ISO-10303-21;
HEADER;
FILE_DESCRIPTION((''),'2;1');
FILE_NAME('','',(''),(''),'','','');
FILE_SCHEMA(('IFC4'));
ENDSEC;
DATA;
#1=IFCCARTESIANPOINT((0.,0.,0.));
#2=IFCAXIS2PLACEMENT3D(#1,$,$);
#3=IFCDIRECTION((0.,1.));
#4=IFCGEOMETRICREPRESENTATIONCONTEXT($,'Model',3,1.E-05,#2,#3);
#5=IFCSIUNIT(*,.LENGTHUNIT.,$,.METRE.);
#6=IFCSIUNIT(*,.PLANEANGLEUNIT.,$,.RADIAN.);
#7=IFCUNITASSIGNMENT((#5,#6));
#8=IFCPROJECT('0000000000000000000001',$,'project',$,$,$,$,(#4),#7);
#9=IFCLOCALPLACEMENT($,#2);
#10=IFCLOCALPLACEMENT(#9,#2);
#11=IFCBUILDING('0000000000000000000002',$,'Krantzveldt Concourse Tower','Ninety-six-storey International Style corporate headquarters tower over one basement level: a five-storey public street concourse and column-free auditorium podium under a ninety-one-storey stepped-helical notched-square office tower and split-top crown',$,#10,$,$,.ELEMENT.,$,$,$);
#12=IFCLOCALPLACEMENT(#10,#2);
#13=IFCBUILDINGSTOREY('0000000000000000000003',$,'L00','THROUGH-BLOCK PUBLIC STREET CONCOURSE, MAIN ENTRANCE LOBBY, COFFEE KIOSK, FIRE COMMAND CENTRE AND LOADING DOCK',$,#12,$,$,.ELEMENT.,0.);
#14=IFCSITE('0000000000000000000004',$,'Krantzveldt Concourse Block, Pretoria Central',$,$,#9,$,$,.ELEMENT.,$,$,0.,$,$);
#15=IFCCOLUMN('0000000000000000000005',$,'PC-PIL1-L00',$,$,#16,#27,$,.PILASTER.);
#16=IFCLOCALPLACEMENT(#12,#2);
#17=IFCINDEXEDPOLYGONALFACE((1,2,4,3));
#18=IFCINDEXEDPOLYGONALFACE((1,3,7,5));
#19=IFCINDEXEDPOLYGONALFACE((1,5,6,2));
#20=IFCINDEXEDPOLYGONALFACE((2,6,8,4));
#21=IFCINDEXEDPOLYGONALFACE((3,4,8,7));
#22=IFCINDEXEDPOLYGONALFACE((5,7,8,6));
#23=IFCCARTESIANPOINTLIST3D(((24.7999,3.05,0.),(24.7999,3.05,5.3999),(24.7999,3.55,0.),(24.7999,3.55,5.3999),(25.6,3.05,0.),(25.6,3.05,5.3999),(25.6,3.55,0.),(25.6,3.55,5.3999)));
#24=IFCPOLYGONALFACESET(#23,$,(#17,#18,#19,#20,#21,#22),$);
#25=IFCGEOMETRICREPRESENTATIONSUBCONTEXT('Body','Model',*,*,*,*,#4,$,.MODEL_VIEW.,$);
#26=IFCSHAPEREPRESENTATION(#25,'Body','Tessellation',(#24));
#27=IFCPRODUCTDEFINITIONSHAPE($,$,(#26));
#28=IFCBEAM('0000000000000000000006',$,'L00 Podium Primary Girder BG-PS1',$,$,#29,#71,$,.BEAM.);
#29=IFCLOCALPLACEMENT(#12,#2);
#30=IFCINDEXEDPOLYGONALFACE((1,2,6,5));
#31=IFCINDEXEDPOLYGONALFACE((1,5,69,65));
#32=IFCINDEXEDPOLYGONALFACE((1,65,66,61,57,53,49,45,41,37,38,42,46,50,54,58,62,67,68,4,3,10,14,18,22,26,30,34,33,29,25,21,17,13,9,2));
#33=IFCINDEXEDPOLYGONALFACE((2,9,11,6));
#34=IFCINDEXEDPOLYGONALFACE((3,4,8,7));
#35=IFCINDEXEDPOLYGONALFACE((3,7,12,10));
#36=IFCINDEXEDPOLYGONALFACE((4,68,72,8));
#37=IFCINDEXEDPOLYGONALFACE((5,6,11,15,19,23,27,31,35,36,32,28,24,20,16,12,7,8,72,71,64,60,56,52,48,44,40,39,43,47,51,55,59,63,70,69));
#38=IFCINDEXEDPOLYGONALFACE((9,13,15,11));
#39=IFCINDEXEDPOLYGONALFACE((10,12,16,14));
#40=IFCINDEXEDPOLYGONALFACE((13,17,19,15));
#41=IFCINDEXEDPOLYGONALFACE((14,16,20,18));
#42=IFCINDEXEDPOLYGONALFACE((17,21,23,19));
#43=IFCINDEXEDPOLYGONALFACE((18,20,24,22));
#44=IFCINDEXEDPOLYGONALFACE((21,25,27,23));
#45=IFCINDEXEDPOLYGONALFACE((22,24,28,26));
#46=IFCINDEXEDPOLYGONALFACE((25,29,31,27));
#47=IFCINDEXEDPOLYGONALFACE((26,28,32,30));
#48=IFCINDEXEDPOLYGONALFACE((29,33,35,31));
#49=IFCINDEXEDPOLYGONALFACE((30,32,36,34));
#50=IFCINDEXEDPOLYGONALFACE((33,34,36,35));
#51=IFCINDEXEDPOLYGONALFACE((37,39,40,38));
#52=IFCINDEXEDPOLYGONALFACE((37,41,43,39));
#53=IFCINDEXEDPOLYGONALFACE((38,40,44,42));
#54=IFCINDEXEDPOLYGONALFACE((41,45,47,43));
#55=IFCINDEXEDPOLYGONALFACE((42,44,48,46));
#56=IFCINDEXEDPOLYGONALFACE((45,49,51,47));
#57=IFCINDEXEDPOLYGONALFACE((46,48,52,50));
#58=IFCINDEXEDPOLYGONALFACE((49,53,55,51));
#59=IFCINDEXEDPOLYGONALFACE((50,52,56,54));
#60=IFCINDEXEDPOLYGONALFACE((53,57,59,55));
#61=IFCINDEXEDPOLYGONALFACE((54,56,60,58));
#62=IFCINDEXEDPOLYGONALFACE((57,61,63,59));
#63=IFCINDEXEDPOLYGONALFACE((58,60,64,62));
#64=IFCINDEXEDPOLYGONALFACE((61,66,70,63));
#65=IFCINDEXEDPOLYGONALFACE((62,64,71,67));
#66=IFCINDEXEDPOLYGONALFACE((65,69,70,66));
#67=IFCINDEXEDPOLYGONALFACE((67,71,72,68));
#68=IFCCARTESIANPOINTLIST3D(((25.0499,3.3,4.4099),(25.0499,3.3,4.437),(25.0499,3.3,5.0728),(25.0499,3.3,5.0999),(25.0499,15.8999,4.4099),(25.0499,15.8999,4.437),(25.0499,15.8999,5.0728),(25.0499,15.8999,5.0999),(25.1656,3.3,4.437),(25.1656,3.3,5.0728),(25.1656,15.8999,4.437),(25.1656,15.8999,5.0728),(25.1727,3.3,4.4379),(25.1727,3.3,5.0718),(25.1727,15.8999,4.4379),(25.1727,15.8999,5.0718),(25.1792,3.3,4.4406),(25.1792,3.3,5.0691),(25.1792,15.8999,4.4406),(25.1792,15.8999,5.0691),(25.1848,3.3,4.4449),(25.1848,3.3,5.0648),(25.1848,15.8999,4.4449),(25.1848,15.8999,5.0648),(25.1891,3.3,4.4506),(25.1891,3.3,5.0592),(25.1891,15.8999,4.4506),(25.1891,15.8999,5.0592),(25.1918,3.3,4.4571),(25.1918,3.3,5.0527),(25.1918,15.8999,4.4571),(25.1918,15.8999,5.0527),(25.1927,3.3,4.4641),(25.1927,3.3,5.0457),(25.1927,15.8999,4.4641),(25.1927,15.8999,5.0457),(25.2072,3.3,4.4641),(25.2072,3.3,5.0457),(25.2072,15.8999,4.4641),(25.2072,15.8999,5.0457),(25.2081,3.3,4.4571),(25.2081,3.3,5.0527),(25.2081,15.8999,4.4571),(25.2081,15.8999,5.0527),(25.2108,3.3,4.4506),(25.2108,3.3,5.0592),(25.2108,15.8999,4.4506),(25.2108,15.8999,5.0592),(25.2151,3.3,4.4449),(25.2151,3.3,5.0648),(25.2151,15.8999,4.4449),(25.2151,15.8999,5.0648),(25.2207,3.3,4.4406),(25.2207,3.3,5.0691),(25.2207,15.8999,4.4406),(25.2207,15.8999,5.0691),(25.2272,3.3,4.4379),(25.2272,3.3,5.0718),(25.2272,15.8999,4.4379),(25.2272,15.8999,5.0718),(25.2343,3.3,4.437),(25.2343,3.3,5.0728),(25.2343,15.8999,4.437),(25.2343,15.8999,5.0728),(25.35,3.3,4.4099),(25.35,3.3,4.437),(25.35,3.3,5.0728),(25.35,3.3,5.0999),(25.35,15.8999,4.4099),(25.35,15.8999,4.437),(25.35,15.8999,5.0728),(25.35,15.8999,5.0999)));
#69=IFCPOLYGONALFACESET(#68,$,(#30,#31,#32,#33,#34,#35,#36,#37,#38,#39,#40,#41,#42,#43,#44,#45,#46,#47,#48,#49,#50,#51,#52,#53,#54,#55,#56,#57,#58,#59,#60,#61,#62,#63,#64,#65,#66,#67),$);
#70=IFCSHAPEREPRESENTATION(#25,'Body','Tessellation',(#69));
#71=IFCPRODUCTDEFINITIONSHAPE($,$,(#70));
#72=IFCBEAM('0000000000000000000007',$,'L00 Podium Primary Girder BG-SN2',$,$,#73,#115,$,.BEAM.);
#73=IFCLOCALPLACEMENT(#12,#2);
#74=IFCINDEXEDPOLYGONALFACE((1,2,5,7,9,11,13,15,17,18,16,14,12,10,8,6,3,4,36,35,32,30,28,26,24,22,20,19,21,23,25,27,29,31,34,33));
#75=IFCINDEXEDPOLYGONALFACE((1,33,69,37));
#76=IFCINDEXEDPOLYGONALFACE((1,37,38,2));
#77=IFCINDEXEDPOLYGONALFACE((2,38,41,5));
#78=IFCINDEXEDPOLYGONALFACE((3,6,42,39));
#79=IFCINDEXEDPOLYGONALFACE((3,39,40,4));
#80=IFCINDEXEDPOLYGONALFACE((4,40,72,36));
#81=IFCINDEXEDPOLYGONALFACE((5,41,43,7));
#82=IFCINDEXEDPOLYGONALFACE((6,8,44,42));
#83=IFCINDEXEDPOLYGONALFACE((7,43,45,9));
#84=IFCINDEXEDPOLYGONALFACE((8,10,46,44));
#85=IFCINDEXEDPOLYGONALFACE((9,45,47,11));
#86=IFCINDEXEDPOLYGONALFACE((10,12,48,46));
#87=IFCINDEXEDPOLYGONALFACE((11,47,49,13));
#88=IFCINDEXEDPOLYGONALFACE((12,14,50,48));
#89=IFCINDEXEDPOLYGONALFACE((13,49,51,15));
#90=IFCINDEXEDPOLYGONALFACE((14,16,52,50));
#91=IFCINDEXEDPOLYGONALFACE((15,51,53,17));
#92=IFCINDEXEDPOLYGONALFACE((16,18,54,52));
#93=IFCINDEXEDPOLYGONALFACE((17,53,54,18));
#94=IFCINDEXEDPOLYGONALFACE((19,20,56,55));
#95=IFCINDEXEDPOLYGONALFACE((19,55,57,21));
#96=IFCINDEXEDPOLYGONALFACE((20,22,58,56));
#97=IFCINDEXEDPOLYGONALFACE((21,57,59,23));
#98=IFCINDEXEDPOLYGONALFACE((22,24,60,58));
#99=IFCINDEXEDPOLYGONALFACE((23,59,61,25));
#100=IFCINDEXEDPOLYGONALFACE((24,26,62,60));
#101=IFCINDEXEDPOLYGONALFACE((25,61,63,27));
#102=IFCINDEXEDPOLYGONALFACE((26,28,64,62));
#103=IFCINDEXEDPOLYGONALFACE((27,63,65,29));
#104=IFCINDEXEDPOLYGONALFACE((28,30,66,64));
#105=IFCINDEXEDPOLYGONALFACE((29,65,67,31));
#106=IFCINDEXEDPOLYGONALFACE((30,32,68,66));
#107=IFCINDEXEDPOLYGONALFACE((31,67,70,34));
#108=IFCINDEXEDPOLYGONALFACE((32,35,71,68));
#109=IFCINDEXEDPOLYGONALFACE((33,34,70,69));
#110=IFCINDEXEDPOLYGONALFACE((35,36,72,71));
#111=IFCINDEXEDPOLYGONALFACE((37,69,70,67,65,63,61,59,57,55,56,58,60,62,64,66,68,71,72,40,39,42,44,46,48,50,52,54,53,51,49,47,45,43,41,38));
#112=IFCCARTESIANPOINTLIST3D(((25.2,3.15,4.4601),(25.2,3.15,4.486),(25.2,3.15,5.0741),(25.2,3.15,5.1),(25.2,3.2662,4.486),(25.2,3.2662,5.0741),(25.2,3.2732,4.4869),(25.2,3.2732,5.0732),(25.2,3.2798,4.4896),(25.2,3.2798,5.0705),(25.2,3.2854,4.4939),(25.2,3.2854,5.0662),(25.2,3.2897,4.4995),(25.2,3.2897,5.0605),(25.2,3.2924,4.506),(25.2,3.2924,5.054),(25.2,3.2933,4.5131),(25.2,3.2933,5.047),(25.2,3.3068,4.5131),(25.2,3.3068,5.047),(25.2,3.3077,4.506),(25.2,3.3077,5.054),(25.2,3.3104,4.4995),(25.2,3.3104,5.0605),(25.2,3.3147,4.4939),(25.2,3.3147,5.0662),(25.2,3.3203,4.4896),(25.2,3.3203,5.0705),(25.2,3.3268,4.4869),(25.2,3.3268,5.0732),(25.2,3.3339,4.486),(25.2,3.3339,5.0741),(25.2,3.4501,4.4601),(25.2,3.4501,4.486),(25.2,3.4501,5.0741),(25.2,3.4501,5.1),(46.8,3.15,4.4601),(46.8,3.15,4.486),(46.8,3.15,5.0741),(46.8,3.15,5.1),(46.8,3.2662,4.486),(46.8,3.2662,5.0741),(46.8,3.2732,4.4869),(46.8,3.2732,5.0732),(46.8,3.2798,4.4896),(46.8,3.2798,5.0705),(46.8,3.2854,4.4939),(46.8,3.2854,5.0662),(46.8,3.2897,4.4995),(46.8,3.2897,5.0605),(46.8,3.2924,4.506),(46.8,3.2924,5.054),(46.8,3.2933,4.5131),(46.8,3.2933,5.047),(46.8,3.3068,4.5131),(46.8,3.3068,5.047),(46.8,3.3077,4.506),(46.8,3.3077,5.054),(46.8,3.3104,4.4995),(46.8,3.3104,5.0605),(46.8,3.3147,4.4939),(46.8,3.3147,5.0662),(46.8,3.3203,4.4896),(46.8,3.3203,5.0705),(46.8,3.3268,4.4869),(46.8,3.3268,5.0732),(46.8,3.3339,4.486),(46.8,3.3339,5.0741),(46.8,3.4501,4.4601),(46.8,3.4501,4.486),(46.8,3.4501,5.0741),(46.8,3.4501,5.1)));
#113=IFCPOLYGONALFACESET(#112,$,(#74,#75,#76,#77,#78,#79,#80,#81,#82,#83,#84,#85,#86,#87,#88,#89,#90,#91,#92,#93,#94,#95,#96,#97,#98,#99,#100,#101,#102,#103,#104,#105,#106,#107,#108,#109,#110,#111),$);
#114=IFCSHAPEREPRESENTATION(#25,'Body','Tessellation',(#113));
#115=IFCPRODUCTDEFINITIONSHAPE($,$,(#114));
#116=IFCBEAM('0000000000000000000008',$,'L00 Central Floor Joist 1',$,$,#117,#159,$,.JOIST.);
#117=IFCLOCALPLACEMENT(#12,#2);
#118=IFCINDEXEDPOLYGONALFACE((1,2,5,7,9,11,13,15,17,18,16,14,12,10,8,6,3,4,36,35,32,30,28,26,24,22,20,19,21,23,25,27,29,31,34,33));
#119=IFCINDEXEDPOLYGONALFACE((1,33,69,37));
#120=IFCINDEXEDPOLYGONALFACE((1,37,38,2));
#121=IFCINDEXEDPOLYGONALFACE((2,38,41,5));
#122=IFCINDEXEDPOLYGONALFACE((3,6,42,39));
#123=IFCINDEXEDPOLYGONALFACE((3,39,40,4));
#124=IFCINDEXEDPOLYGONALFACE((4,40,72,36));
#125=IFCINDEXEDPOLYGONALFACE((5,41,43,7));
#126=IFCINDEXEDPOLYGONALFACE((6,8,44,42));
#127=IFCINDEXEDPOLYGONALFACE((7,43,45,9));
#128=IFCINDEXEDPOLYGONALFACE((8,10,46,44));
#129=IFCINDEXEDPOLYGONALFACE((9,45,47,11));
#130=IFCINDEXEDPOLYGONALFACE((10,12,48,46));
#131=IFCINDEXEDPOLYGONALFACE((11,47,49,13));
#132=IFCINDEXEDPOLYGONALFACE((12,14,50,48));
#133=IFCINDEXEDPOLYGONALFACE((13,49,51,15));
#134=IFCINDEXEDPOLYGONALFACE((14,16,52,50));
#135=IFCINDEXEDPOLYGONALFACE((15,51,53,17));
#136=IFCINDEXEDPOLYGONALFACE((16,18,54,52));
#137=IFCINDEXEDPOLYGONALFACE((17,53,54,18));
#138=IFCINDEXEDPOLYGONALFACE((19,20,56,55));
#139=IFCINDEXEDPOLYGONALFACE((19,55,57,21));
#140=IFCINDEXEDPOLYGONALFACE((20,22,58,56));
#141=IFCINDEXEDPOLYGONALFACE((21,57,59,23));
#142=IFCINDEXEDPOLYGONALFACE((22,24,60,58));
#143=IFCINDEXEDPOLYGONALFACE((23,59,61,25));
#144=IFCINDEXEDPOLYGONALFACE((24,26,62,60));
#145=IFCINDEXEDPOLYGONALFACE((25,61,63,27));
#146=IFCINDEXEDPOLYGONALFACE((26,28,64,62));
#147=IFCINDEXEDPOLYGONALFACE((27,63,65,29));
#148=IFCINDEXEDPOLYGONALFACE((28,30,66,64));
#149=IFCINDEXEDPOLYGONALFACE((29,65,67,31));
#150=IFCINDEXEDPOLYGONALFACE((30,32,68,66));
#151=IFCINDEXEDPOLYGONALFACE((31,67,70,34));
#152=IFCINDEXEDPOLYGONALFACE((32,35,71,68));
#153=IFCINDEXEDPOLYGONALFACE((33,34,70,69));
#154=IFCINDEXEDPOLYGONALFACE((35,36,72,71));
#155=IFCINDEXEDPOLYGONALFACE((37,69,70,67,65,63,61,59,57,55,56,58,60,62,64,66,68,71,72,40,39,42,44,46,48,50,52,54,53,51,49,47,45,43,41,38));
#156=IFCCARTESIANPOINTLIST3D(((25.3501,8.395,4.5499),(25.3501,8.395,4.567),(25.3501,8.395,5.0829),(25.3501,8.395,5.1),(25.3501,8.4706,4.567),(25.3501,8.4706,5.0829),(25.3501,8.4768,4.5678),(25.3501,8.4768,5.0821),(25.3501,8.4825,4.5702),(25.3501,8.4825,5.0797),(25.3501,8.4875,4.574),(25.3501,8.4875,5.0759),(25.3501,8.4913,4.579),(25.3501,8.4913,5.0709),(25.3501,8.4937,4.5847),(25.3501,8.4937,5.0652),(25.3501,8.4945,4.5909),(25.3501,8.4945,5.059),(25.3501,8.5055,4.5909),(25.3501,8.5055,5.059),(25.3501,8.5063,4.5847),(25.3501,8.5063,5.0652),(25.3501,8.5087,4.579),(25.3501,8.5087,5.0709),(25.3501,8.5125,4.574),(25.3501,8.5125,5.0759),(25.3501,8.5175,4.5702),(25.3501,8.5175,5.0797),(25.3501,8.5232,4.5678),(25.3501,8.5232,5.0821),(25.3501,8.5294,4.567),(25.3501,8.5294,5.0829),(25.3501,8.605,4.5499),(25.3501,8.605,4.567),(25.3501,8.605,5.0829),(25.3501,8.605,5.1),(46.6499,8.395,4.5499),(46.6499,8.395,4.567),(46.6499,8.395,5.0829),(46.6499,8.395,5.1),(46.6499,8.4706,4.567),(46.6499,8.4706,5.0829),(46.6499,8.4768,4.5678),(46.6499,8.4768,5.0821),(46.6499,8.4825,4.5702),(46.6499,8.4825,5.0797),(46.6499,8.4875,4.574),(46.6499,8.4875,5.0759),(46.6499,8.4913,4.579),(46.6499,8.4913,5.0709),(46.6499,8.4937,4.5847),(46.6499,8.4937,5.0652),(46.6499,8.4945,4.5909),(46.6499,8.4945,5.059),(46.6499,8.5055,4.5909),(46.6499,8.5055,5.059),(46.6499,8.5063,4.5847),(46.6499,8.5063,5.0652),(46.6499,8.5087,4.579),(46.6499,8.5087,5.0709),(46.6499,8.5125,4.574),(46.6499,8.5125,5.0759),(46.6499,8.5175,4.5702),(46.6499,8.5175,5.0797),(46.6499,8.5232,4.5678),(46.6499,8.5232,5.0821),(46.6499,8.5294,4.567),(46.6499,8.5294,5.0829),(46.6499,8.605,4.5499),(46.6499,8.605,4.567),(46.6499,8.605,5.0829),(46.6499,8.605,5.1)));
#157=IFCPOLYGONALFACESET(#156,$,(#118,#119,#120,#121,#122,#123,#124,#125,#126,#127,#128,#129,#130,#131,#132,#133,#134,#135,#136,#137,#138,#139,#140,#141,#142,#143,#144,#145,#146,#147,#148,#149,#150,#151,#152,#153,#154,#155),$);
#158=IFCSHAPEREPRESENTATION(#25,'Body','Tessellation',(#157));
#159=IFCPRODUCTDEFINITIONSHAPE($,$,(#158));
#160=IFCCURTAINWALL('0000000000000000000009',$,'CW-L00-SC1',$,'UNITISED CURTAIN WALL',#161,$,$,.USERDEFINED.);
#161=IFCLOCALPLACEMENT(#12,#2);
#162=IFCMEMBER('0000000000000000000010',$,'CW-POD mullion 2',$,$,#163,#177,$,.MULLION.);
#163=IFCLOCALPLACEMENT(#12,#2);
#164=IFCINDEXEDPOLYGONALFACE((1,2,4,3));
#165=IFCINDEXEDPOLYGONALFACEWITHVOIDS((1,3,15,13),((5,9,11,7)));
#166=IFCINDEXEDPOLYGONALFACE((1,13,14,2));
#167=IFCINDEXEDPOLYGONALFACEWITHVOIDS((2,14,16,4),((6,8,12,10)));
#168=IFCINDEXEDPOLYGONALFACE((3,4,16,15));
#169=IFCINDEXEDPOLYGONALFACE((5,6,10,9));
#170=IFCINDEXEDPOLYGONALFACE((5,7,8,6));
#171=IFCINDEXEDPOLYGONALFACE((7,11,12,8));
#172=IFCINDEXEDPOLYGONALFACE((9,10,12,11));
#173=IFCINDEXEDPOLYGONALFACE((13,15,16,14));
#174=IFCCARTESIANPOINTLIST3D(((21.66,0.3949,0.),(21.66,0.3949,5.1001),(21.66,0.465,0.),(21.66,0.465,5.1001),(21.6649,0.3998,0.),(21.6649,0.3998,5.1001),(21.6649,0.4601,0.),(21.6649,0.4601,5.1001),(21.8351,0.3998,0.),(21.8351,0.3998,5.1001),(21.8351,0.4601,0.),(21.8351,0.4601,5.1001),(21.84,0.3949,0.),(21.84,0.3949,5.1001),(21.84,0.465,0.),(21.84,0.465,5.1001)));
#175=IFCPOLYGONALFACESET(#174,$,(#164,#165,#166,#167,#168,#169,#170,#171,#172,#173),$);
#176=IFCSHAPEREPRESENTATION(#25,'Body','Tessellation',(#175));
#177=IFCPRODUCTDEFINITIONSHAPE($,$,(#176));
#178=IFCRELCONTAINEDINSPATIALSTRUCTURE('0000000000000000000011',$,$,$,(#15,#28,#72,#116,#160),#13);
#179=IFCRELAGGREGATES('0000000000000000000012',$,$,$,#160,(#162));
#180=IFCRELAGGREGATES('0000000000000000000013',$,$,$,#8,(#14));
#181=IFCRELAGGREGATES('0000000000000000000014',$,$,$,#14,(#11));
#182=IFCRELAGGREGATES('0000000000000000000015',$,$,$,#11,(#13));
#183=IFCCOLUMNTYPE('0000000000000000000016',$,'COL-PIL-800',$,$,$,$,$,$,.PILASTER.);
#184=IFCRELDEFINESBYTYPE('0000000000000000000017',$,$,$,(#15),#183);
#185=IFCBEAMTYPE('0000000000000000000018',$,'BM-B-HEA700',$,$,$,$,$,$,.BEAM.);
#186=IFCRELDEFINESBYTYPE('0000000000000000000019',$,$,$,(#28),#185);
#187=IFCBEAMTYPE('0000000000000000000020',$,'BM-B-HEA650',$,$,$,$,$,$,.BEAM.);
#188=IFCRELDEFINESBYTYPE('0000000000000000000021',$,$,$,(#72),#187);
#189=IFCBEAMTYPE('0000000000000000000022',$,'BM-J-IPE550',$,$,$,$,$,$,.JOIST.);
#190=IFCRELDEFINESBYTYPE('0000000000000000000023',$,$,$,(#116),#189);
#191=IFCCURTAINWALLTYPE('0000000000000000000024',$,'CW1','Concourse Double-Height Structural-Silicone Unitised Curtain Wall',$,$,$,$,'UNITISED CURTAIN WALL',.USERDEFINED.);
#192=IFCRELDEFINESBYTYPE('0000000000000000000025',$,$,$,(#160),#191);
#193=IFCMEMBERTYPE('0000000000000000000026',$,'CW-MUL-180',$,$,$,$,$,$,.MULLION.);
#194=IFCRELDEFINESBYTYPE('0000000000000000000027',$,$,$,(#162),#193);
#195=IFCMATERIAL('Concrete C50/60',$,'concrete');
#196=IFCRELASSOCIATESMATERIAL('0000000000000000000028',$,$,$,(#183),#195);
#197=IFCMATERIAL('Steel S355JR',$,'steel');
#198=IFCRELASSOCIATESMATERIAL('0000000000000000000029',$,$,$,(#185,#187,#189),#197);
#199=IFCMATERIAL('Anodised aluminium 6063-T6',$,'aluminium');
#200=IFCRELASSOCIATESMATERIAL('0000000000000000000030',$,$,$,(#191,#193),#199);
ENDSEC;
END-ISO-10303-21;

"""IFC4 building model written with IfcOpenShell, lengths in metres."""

from ifc_helpers import new_model, si_unit, direction, frame, origin, origin_2d, place, context, subcontext, project, spatial, rectangle, hollow_rectangle, i_section, extrude, source, transform, mapped, material, material_profile, profile_set, type_object, type_shapes, element, aggregate, save


model = new_model("IFC4")

# Units and contexts
model_context = context("Model", 3, precision=1e-05, world=origin(), true_north=direction((0.0, 1.0)))
body_context = subcontext(model_context, "Body", "Model", "MODEL_VIEW")
ifc_project = project(units=[si_unit("LENGTHUNIT", "METRE"), si_unit("PLANEANGLEUNIT", "RADIAN")], contexts=[model_context])

# Site, building, storey
site_placement = place(None, origin())
site = spatial("IfcSite", under=ifc_project, at=site_placement, Name="Krantzveldt Concourse Block, Pretoria Central", CompositionType="ELEMENT", RefElevation=0.0)
building_placement = place(site_placement, origin())
building = spatial("IfcBuilding", under=site, at=building_placement, Name="Krantzveldt Concourse Tower", Description="Ninety-six-storey International Style corporate headquarters tower over one basement level: a five-storey public street concourse and column-free auditorium podium under a ninety-one-storey stepped-helical notched-square office tower and split-top crown", CompositionType="ELEMENT")
storey_placement = place(building_placement, origin())
storey = spatial("IfcBuildingStorey", under=building, at=storey_placement, Name="L00", Description="THROUGH-BLOCK PUBLIC STREET CONCOURSE, MAIN ENTRANCE LOBBY, COFFEE KIOSK, FIRE COMMAND CENTRE AND LOADING DOCK", CompositionType="ELEMENT", Elevation=0.0)

# Column
ifc_material_1 = material(Name="Concrete C50/60", Category="concrete")
ifc_material_profile_1 = material_profile(ifc_material_1, rectangle(XDim=0.8, YDim=0.5, at=origin_2d()), Name="Concrete C50/60", Category="concrete")
ifc_profile_set_1 = profile_set([ifc_material_profile_1], Name="Concrete C50/60 - RC-PIL 800x500")
column_type = type_object("IfcColumnType", Name="COL-PIL-800", PredefinedType="PILASTER", material=ifc_profile_set_1)
shared_shape_1 = source(origin(), body_context, "Body", "SweptSolid", [
    extrude(rectangle(XDim=0.8, YDim=0.5, at=origin_2d()), origin(), (0.0, 0.0, 1.0), 5.3999),
])
type_shapes(column_type, [shared_shape_1])
column_placement = place(storey_placement, frame((25.2, 3.3, 0.0), z_axis=(0.0, 0.0, 1.0), x_axis=(1.0, 0.0, 0.0)))
element("IfcColumn", 1, at=column_placement, inside=storey, type_object=column_type, Name="PC-PIL1-L00", PredefinedType="PILASTER", context=body_context, shape_type="MappedRepresentation", body=[
    mapped(shared_shape_1, transform((0.0, 0.0, 0.0), x_axis=(1.0, 0.0, 0.0), y_axis=(0.0, 1.0, 0.0), z_axis=(0.0, 0.0, 1.0), scale=1.0)),
])

# Beams
ifc_material_2 = material(Name="Steel S355JR", Category="steel")
ifc_material_profile_2 = material_profile(ifc_material_2, i_section(OverallWidth=0.3, OverallDepth=0.6899, WebThickness=0.0144, FlangeThickness=0.0271, FilletRadius=0.0271, at=origin_2d()), Name="Steel S355JR", Category="steel")
ifc_profile_set_2 = profile_set([ifc_material_profile_2], Name="Steel S355JR - HEA 700")
beam_type_1 = type_object("IfcBeamType", Name="BM-B-HEA700", PredefinedType="BEAM", material=ifc_profile_set_2)
shared_shape_2 = source(origin(), body_context, "Body", "SweptSolid", [
    extrude(i_section(OverallWidth=0.3, OverallDepth=0.6899, WebThickness=0.0144, FlangeThickness=0.0271, FilletRadius=0.0271, at=origin_2d()), origin(), (0.0, 0.0, 1.0), 12.5999),
])
type_shapes(beam_type_1, [shared_shape_2])
beam_1_placement = place(storey_placement, frame((25.2, 3.3, 4.7549), z_axis=(0.0, 1.0, 0.0), x_axis=(-1.0, 0.0, 0.0)))
element("IfcBeam", 2, at=beam_1_placement, inside=storey, type_object=beam_type_1, Name="L00 Podium Primary Girder BG-PS1", PredefinedType="BEAM", context=body_context, shape_type="MappedRepresentation", body=[
    mapped(shared_shape_2, transform((0.0, 0.0, 0.0), x_axis=(1.0, 0.0, 0.0), y_axis=(0.0, 1.0, 0.0), z_axis=(0.0, 0.0, 1.0), scale=1.0)),
])
ifc_material_profile_3 = material_profile(ifc_material_2, i_section(OverallWidth=0.3, OverallDepth=0.6399, WebThickness=0.0134, FlangeThickness=0.0259, FilletRadius=0.0271, at=origin_2d()), Name="Steel S355JR", Category="steel")
ifc_profile_set_3 = profile_set([ifc_material_profile_3], Name="Steel S355JR - HEA 650")
beam_type_2 = type_object("IfcBeamType", Name="BM-B-HEA650", PredefinedType="BEAM", material=ifc_profile_set_3)
shared_shape_3 = source(origin(), body_context, "Body", "SweptSolid", [
    extrude(i_section(OverallWidth=0.3, OverallDepth=0.6399, WebThickness=0.0134, FlangeThickness=0.0259, FilletRadius=0.0271, at=origin_2d()), origin(), (0.0, 0.0, 1.0), 21.6001),
])
type_shapes(beam_type_2, [shared_shape_3])
beam_2_placement = place(storey_placement, frame((25.2, 3.3, 4.78), z_axis=(1.0, 0.0, 0.0), x_axis=(0.0, 1.0, 0.0)))
element("IfcBeam", 3, at=beam_2_placement, inside=storey, type_object=beam_type_2, Name="L00 Podium Primary Girder BG-SN2", PredefinedType="BEAM", context=body_context, shape_type="MappedRepresentation", body=[
    mapped(shared_shape_3, transform((0.0, 0.0, 0.0), x_axis=(1.0, 0.0, 0.0), y_axis=(0.0, 1.0, 0.0), z_axis=(0.0, 0.0, 1.0), scale=1.0)),
])
ifc_material_profile_4 = material_profile(ifc_material_2, i_section(OverallWidth=0.21, OverallDepth=0.55, WebThickness=0.011, FlangeThickness=0.0171, FilletRadius=0.0239, at=origin_2d()), Name="Steel S355JR", Category="steel")
ifc_profile_set_4 = profile_set([ifc_material_profile_4], Name="Steel S355JR - IPE 550")
beam_type_3 = type_object("IfcBeamType", Name="BM-J-IPE550", PredefinedType="JOIST", material=ifc_profile_set_4)
shared_shape_4 = source(origin(), body_context, "Body", "SweptSolid", [
    extrude(i_section(OverallWidth=0.21, OverallDepth=0.55, WebThickness=0.011, FlangeThickness=0.0171, FilletRadius=0.0239, at=origin_2d()), origin(), (0.0, 0.0, 1.0), 21.2998),
])
type_shapes(beam_type_3, [shared_shape_4])
beam_3_placement = place(storey_placement, frame((25.3501, 8.5, 4.825), z_axis=(1.0, 0.0, 0.0), x_axis=(0.0, 1.0, 0.0)))
element("IfcBeam", 4, at=beam_3_placement, inside=storey, type_object=beam_type_3, Name="L00 Central Floor Joist 1", PredefinedType="JOIST", context=body_context, shape_type="MappedRepresentation", body=[
    mapped(shared_shape_4, transform((0.0, 0.0, 0.0), x_axis=(1.0, 0.0, 0.0), y_axis=(0.0, 1.0, 0.0), z_axis=(0.0, 0.0, 1.0), scale=1.0)),
])

# Curtain wall, member
ifc_material_3 = material(Name="Anodised aluminium 6063-T6", Category="aluminium")
curtain_wall_type = type_object("IfcCurtainWallType", Name="CW1", Description="Concourse Double-Height Structural-Silicone Unitised Curtain Wall", ElementType="UNITISED CURTAIN WALL", PredefinedType="USERDEFINED", material=ifc_material_3)
curtain_wall_placement = place(storey_placement, origin())
curtain_wall = element("IfcCurtainWall", 5, at=curtain_wall_placement, inside=storey, type_object=curtain_wall_type, Name="CW-L00-SC1", ObjectType="UNITISED CURTAIN WALL", PredefinedType="USERDEFINED")
ifc_material_profile_5 = material_profile(ifc_material_3, hollow_rectangle(XDim=0.0701, YDim=0.1799, WallThickness=0.0049, at=origin_2d()), Name="Anodised aluminium 6063-T6", Category="aluminium")
ifc_profile_set_5 = profile_set([ifc_material_profile_5], Name="Anodised aluminium 6063-T6 - ALU-MULL 180x70x5")
member_type_1 = type_object("IfcMemberType", Name="CW-MUL-180", PredefinedType="MULLION", material=ifc_profile_set_5)
shared_shape_5 = source(origin(), body_context, "Body", "SweptSolid", [
    extrude(hollow_rectangle(XDim=0.0701, YDim=0.1799, WallThickness=0.0049, at=origin_2d()), origin(), (0.0, 0.0, 1.0), 5.1001),
])
type_shapes(member_type_1, [shared_shape_5])
member_1_placement = place(storey_placement, frame((21.75, 0.4299, 0.0), z_axis=(0.0, 0.0, 1.0), x_axis=(0.0, 1.0, 0.0)))
member_1 = element("IfcMember", 6, at=member_1_placement, type_object=member_type_1, Name="CW-POD mullion 2", PredefinedType="MULLION", context=body_context, shape_type="MappedRepresentation", body=[
    mapped(shared_shape_5, transform((0.0, 0.0, 0.0), x_axis=(1.0, 0.0, 0.0), y_axis=(0.0, 1.0, 0.0), z_axis=(0.0, 0.0, 1.0), scale=1.0)),
])
aggregate(curtain_wall, [member_1])

save(model, "model.ifc")
